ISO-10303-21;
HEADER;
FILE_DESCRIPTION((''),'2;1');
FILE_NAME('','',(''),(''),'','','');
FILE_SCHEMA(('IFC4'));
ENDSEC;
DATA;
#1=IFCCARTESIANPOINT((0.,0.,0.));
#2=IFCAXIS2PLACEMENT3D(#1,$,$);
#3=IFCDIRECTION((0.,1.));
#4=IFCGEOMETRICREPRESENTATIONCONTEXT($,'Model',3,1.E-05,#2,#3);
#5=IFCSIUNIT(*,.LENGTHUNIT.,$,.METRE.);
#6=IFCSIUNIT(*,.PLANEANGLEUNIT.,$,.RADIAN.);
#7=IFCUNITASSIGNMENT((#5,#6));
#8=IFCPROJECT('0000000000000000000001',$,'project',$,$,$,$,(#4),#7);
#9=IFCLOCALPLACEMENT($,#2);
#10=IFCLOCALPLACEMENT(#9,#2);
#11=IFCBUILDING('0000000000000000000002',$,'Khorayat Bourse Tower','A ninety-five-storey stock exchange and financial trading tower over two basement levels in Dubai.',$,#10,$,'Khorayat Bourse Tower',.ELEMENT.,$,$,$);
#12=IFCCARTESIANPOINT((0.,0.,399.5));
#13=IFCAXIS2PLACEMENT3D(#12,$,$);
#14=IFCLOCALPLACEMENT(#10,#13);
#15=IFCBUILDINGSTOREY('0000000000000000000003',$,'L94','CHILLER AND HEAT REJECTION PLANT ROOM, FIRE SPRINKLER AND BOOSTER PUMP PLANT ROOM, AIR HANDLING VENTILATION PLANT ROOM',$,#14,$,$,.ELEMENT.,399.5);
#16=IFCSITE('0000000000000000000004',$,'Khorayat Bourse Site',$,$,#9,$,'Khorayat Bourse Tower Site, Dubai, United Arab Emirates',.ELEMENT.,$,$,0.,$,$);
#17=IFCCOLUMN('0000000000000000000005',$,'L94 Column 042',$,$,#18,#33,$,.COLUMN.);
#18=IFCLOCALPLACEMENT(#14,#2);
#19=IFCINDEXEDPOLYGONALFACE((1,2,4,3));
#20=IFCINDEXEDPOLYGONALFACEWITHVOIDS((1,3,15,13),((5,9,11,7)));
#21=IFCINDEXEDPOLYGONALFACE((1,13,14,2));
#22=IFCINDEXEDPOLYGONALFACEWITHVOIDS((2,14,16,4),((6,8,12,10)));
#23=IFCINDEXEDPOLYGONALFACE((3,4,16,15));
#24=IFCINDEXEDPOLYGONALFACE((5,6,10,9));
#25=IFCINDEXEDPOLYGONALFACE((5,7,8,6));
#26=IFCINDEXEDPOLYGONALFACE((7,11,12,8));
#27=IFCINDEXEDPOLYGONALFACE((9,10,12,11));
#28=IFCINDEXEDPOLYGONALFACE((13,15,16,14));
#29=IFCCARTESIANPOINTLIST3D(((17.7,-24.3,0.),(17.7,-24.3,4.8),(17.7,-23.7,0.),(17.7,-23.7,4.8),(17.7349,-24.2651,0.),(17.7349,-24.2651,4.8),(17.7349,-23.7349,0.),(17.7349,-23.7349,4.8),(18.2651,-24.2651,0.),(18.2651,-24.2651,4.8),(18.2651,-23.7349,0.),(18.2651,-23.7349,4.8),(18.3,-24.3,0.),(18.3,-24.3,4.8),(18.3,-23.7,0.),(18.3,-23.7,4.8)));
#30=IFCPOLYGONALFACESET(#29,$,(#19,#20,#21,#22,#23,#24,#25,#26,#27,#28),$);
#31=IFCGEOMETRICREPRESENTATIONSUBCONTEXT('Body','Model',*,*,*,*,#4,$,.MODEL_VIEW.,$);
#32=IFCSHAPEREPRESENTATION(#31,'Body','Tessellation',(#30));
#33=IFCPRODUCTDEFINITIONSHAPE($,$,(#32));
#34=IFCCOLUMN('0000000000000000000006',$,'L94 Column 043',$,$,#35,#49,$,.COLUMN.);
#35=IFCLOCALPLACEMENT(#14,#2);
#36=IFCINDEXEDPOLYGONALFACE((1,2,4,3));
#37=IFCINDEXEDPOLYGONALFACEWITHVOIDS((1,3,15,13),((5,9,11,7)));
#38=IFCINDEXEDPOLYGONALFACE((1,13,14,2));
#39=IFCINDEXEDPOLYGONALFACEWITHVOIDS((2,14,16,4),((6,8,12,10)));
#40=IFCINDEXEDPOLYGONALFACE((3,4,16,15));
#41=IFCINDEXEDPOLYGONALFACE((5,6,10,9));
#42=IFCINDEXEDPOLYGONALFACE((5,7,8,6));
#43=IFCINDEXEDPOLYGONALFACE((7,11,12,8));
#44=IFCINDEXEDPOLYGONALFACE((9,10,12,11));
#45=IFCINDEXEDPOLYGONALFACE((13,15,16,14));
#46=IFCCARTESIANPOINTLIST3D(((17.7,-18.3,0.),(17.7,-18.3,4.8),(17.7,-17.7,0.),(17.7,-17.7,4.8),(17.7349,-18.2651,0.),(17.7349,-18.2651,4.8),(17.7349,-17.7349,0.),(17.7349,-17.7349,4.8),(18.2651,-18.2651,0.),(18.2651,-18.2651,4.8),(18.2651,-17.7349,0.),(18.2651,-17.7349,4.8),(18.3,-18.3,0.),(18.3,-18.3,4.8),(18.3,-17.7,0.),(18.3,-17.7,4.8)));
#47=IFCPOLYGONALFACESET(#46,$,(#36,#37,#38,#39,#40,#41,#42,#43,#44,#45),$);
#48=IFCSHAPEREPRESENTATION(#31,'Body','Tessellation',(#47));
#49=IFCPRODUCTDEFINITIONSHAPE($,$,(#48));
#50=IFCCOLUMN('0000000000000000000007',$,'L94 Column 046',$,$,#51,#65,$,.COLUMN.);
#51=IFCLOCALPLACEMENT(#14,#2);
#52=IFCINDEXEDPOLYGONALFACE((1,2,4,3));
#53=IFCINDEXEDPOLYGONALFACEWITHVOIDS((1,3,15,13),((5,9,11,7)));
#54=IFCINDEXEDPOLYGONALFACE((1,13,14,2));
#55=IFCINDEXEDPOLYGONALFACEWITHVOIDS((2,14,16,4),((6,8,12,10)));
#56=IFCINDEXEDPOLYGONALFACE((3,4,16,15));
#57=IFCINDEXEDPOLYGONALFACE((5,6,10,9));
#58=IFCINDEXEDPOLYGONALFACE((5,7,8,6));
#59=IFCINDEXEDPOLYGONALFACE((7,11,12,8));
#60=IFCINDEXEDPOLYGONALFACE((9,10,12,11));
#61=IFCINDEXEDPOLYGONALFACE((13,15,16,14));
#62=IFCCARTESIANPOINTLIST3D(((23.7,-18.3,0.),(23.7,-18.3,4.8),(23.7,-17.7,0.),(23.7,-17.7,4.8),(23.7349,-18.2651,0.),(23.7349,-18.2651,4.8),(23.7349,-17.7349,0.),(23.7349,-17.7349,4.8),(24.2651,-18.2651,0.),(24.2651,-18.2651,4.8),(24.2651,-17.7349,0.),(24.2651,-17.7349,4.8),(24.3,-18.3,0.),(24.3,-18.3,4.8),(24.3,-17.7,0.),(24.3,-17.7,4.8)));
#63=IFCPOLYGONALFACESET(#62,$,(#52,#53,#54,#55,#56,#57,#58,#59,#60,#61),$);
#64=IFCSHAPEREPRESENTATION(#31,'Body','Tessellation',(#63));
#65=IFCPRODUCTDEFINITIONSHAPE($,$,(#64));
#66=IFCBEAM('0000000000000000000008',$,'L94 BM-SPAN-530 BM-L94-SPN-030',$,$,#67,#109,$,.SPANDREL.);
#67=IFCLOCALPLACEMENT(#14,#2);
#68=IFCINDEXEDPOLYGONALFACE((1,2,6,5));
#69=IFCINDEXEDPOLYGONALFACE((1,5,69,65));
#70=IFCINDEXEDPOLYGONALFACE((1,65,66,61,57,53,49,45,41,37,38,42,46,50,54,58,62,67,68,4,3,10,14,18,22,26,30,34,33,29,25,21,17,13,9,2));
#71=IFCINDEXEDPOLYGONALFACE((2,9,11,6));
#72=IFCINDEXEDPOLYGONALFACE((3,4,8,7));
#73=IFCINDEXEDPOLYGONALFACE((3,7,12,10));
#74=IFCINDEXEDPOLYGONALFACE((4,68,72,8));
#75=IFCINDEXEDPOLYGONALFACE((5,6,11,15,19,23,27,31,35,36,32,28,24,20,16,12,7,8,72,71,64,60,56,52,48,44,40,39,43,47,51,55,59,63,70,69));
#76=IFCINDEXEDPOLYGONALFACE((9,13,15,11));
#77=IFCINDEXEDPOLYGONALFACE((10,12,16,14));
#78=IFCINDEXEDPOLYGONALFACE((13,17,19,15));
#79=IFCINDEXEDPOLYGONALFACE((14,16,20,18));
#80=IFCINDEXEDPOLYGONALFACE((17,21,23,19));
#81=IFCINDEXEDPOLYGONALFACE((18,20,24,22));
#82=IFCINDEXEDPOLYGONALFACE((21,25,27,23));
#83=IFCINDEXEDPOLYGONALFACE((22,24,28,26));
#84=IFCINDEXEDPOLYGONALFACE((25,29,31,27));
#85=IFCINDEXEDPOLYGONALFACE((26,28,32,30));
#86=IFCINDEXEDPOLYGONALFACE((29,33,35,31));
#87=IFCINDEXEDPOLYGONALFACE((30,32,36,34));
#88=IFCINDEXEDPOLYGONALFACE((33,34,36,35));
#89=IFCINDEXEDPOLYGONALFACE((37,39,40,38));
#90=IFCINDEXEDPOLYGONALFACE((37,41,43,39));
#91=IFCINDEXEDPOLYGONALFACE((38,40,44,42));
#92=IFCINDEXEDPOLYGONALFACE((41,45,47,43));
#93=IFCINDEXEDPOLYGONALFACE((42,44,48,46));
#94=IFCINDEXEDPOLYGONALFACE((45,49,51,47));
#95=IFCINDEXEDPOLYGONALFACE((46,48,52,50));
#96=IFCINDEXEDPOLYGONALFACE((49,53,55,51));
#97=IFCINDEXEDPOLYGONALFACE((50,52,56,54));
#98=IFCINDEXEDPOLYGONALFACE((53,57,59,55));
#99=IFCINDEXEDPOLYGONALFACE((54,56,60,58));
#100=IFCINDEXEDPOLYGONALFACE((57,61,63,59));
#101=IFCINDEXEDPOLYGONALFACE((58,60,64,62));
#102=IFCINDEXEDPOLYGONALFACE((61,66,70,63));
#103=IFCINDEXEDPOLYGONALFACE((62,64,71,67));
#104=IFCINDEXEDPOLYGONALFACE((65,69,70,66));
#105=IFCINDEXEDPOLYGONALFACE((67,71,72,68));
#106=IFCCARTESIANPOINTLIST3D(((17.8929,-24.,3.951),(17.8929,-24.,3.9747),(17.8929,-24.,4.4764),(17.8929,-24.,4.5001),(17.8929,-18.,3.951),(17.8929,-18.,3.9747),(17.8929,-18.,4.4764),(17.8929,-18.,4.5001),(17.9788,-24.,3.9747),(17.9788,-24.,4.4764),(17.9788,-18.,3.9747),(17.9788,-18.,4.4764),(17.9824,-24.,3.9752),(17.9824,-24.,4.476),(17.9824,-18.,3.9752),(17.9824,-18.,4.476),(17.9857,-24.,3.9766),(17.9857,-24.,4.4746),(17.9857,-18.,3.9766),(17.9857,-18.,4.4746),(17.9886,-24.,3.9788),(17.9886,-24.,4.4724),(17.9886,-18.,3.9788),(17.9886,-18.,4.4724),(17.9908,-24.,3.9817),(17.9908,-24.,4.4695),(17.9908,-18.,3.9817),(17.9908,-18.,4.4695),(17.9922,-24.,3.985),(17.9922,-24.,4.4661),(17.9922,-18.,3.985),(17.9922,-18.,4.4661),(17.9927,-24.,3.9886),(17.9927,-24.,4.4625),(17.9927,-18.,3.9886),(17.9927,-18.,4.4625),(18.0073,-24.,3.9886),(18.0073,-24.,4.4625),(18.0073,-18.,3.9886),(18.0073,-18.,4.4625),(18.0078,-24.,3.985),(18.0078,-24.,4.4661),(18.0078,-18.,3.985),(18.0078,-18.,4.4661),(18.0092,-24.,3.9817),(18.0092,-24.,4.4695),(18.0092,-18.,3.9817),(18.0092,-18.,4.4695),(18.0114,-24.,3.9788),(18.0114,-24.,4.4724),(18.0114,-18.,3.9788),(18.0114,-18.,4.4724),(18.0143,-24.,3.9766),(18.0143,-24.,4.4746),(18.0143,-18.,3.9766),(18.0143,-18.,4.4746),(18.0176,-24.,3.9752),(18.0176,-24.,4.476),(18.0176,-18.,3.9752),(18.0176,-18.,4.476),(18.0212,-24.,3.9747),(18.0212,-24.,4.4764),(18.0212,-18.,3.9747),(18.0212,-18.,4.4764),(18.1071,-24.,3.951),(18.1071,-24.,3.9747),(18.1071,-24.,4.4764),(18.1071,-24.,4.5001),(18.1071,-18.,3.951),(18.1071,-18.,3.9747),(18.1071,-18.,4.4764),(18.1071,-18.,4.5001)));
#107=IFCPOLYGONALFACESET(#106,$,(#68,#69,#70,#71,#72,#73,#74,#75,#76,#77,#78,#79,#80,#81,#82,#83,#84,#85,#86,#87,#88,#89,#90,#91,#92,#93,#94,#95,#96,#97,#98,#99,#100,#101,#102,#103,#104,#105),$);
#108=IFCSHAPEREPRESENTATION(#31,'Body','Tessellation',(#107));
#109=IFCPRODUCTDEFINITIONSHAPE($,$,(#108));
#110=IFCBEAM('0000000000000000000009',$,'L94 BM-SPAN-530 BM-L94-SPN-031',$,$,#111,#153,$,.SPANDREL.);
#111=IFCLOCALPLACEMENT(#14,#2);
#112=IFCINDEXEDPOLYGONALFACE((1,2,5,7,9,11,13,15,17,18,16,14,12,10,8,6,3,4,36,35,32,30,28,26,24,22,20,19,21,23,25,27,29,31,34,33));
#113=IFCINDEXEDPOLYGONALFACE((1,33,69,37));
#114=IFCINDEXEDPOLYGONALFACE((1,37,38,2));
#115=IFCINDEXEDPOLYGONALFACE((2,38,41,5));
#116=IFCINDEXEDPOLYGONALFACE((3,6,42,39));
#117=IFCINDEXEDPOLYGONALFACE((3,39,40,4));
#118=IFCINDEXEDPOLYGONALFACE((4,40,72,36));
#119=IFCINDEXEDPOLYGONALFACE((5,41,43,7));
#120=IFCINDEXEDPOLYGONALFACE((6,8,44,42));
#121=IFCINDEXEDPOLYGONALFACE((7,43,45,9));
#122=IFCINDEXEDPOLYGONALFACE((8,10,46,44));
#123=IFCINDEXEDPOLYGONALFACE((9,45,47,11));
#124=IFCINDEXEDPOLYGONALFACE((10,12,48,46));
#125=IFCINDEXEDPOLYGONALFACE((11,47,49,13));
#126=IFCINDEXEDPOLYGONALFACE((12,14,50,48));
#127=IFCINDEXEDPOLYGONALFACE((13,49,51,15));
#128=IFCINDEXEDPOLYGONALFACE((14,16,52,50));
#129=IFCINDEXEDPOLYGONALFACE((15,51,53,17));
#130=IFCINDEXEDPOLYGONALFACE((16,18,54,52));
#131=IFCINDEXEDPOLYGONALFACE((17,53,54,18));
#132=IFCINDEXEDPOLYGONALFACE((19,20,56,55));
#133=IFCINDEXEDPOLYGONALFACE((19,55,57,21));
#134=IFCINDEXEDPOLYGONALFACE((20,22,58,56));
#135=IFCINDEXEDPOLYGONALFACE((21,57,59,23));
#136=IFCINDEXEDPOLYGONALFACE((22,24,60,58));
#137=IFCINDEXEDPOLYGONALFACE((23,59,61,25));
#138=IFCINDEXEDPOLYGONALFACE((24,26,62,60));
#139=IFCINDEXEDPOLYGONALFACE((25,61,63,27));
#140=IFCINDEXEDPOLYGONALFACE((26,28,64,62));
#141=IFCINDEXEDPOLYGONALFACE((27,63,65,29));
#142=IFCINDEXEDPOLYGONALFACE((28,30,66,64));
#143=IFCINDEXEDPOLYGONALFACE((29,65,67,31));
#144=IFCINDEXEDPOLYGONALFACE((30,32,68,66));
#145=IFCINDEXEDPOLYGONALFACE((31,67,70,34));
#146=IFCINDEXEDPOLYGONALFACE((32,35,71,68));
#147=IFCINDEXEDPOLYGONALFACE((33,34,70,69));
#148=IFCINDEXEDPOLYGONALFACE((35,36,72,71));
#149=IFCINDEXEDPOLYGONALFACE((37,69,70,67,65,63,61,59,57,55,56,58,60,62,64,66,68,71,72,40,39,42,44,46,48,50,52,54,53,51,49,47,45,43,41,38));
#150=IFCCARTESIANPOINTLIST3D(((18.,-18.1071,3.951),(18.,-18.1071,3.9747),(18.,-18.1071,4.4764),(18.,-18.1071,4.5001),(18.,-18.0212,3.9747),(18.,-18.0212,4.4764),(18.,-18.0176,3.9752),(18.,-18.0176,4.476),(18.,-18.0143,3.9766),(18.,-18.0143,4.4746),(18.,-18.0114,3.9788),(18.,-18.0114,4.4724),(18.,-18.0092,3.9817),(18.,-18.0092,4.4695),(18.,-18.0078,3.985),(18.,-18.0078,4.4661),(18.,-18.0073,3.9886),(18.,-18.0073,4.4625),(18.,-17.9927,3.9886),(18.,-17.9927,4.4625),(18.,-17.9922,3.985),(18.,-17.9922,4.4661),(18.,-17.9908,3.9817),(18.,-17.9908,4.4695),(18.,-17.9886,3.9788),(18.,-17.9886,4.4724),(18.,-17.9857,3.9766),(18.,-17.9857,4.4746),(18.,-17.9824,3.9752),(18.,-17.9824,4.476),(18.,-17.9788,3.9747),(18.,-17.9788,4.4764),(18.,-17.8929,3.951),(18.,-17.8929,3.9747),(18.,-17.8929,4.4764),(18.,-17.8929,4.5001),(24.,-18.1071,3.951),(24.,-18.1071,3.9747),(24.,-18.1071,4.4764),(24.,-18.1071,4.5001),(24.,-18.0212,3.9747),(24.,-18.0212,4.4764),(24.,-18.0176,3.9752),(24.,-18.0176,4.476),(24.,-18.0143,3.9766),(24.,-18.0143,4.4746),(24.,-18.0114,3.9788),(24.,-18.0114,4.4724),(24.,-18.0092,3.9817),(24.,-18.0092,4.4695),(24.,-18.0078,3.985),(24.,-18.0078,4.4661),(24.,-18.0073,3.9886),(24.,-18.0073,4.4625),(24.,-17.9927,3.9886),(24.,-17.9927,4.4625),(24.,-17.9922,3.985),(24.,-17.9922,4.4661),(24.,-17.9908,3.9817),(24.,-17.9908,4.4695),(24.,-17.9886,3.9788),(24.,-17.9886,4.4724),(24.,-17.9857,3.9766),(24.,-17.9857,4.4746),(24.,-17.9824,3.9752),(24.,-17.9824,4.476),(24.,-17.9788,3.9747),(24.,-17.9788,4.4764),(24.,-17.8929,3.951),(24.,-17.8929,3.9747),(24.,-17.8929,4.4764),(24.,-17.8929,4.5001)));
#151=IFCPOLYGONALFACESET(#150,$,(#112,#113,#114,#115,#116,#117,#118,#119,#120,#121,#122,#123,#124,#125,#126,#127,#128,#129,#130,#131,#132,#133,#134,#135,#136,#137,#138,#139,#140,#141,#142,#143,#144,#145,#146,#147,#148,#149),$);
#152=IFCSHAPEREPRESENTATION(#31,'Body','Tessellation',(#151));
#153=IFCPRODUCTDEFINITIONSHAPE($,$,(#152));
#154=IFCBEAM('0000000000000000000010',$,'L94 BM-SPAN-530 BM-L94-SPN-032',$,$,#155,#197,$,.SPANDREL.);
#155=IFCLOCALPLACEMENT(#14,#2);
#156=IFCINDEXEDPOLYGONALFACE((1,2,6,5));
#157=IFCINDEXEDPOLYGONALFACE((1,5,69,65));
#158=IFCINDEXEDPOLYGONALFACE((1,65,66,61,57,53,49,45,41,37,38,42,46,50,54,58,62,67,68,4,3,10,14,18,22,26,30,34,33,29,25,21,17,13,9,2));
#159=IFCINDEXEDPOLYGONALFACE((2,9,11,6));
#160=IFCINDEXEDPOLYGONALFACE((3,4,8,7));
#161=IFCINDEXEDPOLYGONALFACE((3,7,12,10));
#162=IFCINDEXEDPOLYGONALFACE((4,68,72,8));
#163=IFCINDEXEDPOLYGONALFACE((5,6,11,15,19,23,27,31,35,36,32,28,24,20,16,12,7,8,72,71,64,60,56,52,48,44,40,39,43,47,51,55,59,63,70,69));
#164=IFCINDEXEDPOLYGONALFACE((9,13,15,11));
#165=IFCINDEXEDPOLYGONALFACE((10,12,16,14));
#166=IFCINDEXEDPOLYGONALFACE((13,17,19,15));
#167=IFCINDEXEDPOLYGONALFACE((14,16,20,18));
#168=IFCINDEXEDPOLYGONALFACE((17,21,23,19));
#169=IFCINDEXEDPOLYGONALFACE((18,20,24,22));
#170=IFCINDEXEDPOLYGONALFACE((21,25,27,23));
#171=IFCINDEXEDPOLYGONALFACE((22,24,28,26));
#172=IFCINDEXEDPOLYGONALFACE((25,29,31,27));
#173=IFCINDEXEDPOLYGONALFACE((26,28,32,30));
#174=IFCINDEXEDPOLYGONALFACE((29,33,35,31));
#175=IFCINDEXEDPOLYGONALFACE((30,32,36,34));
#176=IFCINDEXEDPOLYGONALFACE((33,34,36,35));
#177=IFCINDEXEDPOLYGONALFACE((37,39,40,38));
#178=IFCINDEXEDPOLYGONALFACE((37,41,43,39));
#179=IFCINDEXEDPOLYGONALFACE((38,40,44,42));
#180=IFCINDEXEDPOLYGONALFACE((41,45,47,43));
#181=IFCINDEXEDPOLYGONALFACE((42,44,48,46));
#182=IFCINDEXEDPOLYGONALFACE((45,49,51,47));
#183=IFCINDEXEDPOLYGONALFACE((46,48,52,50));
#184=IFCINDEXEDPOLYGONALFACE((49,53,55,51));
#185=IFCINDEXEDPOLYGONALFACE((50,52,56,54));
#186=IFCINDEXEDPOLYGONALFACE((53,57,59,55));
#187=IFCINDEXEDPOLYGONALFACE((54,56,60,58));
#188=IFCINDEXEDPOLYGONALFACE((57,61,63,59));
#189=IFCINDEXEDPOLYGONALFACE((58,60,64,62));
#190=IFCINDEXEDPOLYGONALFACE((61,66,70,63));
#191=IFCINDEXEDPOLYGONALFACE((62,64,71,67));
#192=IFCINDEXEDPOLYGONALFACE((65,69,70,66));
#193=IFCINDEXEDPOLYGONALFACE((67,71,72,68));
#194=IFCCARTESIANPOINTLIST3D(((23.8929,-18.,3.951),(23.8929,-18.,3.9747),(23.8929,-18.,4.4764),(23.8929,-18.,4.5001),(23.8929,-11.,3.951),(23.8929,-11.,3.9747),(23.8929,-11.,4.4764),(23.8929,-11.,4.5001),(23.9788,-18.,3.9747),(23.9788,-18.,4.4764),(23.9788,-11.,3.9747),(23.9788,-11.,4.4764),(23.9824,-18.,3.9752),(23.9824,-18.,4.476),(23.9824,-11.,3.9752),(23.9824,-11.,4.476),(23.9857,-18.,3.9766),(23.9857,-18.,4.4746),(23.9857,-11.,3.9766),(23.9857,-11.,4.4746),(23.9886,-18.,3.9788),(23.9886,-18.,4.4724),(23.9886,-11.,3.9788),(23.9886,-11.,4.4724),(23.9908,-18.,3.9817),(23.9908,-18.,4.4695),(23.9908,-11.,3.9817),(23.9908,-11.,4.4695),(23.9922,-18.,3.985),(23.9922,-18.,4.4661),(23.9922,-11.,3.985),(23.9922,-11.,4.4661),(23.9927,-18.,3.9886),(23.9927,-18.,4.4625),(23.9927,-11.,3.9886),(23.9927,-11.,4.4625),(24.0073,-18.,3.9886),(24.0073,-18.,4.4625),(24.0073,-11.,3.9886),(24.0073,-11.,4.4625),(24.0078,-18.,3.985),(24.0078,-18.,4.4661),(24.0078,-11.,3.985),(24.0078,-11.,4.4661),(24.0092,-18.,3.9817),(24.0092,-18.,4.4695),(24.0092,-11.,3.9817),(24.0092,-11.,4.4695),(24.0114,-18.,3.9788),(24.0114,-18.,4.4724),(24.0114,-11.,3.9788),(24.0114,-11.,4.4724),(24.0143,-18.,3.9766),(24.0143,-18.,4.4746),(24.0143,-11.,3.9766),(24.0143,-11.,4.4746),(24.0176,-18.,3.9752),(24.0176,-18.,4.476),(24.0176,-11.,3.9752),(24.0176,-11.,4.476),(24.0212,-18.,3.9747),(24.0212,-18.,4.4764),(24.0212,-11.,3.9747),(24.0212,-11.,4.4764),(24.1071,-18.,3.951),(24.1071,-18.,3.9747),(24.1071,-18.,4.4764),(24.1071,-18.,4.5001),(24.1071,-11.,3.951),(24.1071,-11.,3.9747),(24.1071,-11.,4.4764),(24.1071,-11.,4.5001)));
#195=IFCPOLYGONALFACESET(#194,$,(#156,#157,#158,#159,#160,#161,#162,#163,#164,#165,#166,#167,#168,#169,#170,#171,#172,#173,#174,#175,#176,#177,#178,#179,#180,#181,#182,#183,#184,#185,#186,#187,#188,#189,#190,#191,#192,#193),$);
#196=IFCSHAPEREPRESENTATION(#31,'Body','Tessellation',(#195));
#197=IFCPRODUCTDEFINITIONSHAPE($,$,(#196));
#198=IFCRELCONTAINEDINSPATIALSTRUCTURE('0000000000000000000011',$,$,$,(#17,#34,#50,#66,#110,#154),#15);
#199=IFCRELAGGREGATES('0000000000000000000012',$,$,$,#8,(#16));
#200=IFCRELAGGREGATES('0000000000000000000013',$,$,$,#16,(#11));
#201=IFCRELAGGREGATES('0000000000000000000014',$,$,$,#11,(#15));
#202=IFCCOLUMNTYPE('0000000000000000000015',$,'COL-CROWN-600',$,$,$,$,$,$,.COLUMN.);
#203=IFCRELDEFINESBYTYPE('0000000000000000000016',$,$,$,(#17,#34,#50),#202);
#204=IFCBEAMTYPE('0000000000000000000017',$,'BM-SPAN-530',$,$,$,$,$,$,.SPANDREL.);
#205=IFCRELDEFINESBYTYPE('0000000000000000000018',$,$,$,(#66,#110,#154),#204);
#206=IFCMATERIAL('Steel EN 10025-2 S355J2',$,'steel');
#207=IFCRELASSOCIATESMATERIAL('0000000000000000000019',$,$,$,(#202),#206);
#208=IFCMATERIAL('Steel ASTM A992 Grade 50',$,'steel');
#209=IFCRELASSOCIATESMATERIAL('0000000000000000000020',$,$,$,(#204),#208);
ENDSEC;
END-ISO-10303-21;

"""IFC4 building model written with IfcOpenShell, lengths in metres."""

from ifc_helpers import new_model, si_unit, direction, frame, origin, origin_2d, place, context, subcontext, project, spatial, hollow_rectangle, i_section, extrude, source, transform, mapped, material, material_profile, profile_set, type_object, element, save


model = new_model("IFC4")

# Units and contexts
model_context = context("Model", 3, precision=1e-05, world=origin(), true_north=direction((0.0, 1.0)))
body_context = subcontext(model_context, "Body", "Model", "MODEL_VIEW")
ifc_project = project(units=[si_unit("LENGTHUNIT", "METRE"), si_unit("PLANEANGLEUNIT", "RADIAN")], contexts=[model_context])

# Site, building, storey
site_placement = place(None, origin())
site = spatial("IfcSite", under=ifc_project, at=site_placement, Name="Khorayat Bourse Site", LongName="Khorayat Bourse Tower Site, Dubai, United Arab Emirates", CompositionType="ELEMENT", RefElevation=0.0)
building_placement = place(site_placement, origin())
building = spatial("IfcBuilding", under=site, at=building_placement, Name="Khorayat Bourse Tower", Description="A ninety-five-storey stock exchange and financial trading tower over two basement levels in Dubai.", LongName="Khorayat Bourse Tower", CompositionType="ELEMENT")
storey_placement = place(building_placement, frame((0.0, 0.0, 399.5)))
storey = spatial("IfcBuildingStorey", under=building, at=storey_placement, Name="L94", Description="CHILLER AND HEAT REJECTION PLANT ROOM, FIRE SPRINKLER AND BOOSTER PUMP PLANT ROOM, AIR HANDLING VENTILATION PLANT ROOM", CompositionType="ELEMENT", Elevation=399.5)

# Columns
ifc_material_1 = material(Name="Steel EN 10025-2 S355J2", Category="steel")
ifc_material_profile_1 = material_profile(ifc_material_1, hollow_rectangle(XDim=0.6001, YDim=0.6001, WallThickness=0.0349, at=origin_2d()), Name="BOX 600x600x35")
ifc_profile_set_1 = profile_set([ifc_material_profile_1], Name="Steel EN 10025-2 S355J2")
column_type = type_object("IfcColumnType", Name="COL-CROWN-600", PredefinedType="COLUMN", material=ifc_profile_set_1)
shared_shape_1 = source(origin(), body_context, "Body", "SweptSolid", [
    extrude(hollow_rectangle(XDim=0.6001, YDim=0.6001, WallThickness=0.0349, at=origin_2d()), origin(), (0.0, 0.0, 1.0), 4.8),
])
for number, where, z_axis, x_axis, name in (
    (1, (18.0, -24.0, 0.0), (0.0, 0.0, 1.0), (1.0, 0.0, 0.0), "L94 Column 042"),
    (2, (18.0, -18.0, 0.0), (0.0, 0.0, 1.0), (1.0, 0.0, 0.0), "L94 Column 043"),
    (3, (24.0, -18.0, 0.0), (0.0, 0.0, 1.0), (1.0, 0.0, 0.0), "L94 Column 046"),
):
    element("IfcColumn", number, at=place(storey_placement, frame(where, z_axis=z_axis, x_axis=x_axis)), inside=storey, type_object=column_type, Name=name, PredefinedType="COLUMN", context=body_context, shape_type="MappedRepresentation", body=[
        mapped(shared_shape_1, transform((0.0, 0.0, 0.0), scale=1.0)),
    ])

# Beams
ifc_material_2 = material(Name="Steel ASTM A992 Grade 50", Category="steel")
ifc_material_profile_2 = material_profile(ifc_material_2, i_section(OverallWidth=0.2141, OverallDepth=0.5491, WebThickness=0.0146, FlangeThickness=0.0237, FilletRadius=0.0139, at=origin_2d()), Name="W530X138")
ifc_profile_set_2 = profile_set([ifc_material_profile_2], Name="Steel ASTM A992 Grade 50")
beam_type_1 = type_object("IfcBeamType", Name="BM-SPAN-530", PredefinedType="SPANDREL", material=ifc_profile_set_2)
shared_shape_2 = source(origin(), body_context, "Body", "SweptSolid", [
    extrude(i_section(OverallWidth=0.2141, OverallDepth=0.5491, WebThickness=0.0146, FlangeThickness=0.0237, FilletRadius=0.0139, at=origin_2d()), origin(), (0.0, 0.0, 1.0), 6.0),
])
for number, where, z_axis, x_axis, name in (
    (4, (18.0, -24.0, 4.2256), (0.0, 1.0, 0.0), (-1.0, 0.0, 0.0), "L94 BM-SPAN-530 BM-L94-SPN-030"),
    (5, (18.0, -18.0, 4.2256), (1.0, 0.0, 0.0), (0.0, 1.0, 0.0), "L94 BM-SPAN-530 BM-L94-SPN-031"),
):
    element("IfcBeam", number, at=place(storey_placement, frame(where, z_axis=z_axis, x_axis=x_axis)), inside=storey, type_object=beam_type_1, Name=name, PredefinedType="SPANDREL", context=body_context, shape_type="MappedRepresentation", body=[
        mapped(shared_shape_2, transform((0.0, 0.0, 0.0), scale=1.0)),
    ])
shared_shape_3 = source(origin(), body_context, "Body", "SweptSolid", [
    extrude(i_section(OverallWidth=0.2141, OverallDepth=0.5491, WebThickness=0.0146, FlangeThickness=0.0237, FilletRadius=0.0139, at=origin_2d()), origin(), (0.0, 0.0, 1.0), 7.0),
])
beam_1_placement = place(storey_placement, frame((24.0, -18.0, 4.2256), z_axis=(0.0, 1.0, 0.0), x_axis=(-1.0, 0.0, 0.0)))
element("IfcBeam", 6, at=beam_1_placement, inside=storey, type_object=beam_type_1, Name="L94 BM-SPAN-530 BM-L94-SPN-032", PredefinedType="SPANDREL", context=body_context, shape_type="MappedRepresentation", body=[
    mapped(shared_shape_3, transform((0.0, 0.0, 0.0), scale=1.0)),
])

save(model, "model.ifc")
